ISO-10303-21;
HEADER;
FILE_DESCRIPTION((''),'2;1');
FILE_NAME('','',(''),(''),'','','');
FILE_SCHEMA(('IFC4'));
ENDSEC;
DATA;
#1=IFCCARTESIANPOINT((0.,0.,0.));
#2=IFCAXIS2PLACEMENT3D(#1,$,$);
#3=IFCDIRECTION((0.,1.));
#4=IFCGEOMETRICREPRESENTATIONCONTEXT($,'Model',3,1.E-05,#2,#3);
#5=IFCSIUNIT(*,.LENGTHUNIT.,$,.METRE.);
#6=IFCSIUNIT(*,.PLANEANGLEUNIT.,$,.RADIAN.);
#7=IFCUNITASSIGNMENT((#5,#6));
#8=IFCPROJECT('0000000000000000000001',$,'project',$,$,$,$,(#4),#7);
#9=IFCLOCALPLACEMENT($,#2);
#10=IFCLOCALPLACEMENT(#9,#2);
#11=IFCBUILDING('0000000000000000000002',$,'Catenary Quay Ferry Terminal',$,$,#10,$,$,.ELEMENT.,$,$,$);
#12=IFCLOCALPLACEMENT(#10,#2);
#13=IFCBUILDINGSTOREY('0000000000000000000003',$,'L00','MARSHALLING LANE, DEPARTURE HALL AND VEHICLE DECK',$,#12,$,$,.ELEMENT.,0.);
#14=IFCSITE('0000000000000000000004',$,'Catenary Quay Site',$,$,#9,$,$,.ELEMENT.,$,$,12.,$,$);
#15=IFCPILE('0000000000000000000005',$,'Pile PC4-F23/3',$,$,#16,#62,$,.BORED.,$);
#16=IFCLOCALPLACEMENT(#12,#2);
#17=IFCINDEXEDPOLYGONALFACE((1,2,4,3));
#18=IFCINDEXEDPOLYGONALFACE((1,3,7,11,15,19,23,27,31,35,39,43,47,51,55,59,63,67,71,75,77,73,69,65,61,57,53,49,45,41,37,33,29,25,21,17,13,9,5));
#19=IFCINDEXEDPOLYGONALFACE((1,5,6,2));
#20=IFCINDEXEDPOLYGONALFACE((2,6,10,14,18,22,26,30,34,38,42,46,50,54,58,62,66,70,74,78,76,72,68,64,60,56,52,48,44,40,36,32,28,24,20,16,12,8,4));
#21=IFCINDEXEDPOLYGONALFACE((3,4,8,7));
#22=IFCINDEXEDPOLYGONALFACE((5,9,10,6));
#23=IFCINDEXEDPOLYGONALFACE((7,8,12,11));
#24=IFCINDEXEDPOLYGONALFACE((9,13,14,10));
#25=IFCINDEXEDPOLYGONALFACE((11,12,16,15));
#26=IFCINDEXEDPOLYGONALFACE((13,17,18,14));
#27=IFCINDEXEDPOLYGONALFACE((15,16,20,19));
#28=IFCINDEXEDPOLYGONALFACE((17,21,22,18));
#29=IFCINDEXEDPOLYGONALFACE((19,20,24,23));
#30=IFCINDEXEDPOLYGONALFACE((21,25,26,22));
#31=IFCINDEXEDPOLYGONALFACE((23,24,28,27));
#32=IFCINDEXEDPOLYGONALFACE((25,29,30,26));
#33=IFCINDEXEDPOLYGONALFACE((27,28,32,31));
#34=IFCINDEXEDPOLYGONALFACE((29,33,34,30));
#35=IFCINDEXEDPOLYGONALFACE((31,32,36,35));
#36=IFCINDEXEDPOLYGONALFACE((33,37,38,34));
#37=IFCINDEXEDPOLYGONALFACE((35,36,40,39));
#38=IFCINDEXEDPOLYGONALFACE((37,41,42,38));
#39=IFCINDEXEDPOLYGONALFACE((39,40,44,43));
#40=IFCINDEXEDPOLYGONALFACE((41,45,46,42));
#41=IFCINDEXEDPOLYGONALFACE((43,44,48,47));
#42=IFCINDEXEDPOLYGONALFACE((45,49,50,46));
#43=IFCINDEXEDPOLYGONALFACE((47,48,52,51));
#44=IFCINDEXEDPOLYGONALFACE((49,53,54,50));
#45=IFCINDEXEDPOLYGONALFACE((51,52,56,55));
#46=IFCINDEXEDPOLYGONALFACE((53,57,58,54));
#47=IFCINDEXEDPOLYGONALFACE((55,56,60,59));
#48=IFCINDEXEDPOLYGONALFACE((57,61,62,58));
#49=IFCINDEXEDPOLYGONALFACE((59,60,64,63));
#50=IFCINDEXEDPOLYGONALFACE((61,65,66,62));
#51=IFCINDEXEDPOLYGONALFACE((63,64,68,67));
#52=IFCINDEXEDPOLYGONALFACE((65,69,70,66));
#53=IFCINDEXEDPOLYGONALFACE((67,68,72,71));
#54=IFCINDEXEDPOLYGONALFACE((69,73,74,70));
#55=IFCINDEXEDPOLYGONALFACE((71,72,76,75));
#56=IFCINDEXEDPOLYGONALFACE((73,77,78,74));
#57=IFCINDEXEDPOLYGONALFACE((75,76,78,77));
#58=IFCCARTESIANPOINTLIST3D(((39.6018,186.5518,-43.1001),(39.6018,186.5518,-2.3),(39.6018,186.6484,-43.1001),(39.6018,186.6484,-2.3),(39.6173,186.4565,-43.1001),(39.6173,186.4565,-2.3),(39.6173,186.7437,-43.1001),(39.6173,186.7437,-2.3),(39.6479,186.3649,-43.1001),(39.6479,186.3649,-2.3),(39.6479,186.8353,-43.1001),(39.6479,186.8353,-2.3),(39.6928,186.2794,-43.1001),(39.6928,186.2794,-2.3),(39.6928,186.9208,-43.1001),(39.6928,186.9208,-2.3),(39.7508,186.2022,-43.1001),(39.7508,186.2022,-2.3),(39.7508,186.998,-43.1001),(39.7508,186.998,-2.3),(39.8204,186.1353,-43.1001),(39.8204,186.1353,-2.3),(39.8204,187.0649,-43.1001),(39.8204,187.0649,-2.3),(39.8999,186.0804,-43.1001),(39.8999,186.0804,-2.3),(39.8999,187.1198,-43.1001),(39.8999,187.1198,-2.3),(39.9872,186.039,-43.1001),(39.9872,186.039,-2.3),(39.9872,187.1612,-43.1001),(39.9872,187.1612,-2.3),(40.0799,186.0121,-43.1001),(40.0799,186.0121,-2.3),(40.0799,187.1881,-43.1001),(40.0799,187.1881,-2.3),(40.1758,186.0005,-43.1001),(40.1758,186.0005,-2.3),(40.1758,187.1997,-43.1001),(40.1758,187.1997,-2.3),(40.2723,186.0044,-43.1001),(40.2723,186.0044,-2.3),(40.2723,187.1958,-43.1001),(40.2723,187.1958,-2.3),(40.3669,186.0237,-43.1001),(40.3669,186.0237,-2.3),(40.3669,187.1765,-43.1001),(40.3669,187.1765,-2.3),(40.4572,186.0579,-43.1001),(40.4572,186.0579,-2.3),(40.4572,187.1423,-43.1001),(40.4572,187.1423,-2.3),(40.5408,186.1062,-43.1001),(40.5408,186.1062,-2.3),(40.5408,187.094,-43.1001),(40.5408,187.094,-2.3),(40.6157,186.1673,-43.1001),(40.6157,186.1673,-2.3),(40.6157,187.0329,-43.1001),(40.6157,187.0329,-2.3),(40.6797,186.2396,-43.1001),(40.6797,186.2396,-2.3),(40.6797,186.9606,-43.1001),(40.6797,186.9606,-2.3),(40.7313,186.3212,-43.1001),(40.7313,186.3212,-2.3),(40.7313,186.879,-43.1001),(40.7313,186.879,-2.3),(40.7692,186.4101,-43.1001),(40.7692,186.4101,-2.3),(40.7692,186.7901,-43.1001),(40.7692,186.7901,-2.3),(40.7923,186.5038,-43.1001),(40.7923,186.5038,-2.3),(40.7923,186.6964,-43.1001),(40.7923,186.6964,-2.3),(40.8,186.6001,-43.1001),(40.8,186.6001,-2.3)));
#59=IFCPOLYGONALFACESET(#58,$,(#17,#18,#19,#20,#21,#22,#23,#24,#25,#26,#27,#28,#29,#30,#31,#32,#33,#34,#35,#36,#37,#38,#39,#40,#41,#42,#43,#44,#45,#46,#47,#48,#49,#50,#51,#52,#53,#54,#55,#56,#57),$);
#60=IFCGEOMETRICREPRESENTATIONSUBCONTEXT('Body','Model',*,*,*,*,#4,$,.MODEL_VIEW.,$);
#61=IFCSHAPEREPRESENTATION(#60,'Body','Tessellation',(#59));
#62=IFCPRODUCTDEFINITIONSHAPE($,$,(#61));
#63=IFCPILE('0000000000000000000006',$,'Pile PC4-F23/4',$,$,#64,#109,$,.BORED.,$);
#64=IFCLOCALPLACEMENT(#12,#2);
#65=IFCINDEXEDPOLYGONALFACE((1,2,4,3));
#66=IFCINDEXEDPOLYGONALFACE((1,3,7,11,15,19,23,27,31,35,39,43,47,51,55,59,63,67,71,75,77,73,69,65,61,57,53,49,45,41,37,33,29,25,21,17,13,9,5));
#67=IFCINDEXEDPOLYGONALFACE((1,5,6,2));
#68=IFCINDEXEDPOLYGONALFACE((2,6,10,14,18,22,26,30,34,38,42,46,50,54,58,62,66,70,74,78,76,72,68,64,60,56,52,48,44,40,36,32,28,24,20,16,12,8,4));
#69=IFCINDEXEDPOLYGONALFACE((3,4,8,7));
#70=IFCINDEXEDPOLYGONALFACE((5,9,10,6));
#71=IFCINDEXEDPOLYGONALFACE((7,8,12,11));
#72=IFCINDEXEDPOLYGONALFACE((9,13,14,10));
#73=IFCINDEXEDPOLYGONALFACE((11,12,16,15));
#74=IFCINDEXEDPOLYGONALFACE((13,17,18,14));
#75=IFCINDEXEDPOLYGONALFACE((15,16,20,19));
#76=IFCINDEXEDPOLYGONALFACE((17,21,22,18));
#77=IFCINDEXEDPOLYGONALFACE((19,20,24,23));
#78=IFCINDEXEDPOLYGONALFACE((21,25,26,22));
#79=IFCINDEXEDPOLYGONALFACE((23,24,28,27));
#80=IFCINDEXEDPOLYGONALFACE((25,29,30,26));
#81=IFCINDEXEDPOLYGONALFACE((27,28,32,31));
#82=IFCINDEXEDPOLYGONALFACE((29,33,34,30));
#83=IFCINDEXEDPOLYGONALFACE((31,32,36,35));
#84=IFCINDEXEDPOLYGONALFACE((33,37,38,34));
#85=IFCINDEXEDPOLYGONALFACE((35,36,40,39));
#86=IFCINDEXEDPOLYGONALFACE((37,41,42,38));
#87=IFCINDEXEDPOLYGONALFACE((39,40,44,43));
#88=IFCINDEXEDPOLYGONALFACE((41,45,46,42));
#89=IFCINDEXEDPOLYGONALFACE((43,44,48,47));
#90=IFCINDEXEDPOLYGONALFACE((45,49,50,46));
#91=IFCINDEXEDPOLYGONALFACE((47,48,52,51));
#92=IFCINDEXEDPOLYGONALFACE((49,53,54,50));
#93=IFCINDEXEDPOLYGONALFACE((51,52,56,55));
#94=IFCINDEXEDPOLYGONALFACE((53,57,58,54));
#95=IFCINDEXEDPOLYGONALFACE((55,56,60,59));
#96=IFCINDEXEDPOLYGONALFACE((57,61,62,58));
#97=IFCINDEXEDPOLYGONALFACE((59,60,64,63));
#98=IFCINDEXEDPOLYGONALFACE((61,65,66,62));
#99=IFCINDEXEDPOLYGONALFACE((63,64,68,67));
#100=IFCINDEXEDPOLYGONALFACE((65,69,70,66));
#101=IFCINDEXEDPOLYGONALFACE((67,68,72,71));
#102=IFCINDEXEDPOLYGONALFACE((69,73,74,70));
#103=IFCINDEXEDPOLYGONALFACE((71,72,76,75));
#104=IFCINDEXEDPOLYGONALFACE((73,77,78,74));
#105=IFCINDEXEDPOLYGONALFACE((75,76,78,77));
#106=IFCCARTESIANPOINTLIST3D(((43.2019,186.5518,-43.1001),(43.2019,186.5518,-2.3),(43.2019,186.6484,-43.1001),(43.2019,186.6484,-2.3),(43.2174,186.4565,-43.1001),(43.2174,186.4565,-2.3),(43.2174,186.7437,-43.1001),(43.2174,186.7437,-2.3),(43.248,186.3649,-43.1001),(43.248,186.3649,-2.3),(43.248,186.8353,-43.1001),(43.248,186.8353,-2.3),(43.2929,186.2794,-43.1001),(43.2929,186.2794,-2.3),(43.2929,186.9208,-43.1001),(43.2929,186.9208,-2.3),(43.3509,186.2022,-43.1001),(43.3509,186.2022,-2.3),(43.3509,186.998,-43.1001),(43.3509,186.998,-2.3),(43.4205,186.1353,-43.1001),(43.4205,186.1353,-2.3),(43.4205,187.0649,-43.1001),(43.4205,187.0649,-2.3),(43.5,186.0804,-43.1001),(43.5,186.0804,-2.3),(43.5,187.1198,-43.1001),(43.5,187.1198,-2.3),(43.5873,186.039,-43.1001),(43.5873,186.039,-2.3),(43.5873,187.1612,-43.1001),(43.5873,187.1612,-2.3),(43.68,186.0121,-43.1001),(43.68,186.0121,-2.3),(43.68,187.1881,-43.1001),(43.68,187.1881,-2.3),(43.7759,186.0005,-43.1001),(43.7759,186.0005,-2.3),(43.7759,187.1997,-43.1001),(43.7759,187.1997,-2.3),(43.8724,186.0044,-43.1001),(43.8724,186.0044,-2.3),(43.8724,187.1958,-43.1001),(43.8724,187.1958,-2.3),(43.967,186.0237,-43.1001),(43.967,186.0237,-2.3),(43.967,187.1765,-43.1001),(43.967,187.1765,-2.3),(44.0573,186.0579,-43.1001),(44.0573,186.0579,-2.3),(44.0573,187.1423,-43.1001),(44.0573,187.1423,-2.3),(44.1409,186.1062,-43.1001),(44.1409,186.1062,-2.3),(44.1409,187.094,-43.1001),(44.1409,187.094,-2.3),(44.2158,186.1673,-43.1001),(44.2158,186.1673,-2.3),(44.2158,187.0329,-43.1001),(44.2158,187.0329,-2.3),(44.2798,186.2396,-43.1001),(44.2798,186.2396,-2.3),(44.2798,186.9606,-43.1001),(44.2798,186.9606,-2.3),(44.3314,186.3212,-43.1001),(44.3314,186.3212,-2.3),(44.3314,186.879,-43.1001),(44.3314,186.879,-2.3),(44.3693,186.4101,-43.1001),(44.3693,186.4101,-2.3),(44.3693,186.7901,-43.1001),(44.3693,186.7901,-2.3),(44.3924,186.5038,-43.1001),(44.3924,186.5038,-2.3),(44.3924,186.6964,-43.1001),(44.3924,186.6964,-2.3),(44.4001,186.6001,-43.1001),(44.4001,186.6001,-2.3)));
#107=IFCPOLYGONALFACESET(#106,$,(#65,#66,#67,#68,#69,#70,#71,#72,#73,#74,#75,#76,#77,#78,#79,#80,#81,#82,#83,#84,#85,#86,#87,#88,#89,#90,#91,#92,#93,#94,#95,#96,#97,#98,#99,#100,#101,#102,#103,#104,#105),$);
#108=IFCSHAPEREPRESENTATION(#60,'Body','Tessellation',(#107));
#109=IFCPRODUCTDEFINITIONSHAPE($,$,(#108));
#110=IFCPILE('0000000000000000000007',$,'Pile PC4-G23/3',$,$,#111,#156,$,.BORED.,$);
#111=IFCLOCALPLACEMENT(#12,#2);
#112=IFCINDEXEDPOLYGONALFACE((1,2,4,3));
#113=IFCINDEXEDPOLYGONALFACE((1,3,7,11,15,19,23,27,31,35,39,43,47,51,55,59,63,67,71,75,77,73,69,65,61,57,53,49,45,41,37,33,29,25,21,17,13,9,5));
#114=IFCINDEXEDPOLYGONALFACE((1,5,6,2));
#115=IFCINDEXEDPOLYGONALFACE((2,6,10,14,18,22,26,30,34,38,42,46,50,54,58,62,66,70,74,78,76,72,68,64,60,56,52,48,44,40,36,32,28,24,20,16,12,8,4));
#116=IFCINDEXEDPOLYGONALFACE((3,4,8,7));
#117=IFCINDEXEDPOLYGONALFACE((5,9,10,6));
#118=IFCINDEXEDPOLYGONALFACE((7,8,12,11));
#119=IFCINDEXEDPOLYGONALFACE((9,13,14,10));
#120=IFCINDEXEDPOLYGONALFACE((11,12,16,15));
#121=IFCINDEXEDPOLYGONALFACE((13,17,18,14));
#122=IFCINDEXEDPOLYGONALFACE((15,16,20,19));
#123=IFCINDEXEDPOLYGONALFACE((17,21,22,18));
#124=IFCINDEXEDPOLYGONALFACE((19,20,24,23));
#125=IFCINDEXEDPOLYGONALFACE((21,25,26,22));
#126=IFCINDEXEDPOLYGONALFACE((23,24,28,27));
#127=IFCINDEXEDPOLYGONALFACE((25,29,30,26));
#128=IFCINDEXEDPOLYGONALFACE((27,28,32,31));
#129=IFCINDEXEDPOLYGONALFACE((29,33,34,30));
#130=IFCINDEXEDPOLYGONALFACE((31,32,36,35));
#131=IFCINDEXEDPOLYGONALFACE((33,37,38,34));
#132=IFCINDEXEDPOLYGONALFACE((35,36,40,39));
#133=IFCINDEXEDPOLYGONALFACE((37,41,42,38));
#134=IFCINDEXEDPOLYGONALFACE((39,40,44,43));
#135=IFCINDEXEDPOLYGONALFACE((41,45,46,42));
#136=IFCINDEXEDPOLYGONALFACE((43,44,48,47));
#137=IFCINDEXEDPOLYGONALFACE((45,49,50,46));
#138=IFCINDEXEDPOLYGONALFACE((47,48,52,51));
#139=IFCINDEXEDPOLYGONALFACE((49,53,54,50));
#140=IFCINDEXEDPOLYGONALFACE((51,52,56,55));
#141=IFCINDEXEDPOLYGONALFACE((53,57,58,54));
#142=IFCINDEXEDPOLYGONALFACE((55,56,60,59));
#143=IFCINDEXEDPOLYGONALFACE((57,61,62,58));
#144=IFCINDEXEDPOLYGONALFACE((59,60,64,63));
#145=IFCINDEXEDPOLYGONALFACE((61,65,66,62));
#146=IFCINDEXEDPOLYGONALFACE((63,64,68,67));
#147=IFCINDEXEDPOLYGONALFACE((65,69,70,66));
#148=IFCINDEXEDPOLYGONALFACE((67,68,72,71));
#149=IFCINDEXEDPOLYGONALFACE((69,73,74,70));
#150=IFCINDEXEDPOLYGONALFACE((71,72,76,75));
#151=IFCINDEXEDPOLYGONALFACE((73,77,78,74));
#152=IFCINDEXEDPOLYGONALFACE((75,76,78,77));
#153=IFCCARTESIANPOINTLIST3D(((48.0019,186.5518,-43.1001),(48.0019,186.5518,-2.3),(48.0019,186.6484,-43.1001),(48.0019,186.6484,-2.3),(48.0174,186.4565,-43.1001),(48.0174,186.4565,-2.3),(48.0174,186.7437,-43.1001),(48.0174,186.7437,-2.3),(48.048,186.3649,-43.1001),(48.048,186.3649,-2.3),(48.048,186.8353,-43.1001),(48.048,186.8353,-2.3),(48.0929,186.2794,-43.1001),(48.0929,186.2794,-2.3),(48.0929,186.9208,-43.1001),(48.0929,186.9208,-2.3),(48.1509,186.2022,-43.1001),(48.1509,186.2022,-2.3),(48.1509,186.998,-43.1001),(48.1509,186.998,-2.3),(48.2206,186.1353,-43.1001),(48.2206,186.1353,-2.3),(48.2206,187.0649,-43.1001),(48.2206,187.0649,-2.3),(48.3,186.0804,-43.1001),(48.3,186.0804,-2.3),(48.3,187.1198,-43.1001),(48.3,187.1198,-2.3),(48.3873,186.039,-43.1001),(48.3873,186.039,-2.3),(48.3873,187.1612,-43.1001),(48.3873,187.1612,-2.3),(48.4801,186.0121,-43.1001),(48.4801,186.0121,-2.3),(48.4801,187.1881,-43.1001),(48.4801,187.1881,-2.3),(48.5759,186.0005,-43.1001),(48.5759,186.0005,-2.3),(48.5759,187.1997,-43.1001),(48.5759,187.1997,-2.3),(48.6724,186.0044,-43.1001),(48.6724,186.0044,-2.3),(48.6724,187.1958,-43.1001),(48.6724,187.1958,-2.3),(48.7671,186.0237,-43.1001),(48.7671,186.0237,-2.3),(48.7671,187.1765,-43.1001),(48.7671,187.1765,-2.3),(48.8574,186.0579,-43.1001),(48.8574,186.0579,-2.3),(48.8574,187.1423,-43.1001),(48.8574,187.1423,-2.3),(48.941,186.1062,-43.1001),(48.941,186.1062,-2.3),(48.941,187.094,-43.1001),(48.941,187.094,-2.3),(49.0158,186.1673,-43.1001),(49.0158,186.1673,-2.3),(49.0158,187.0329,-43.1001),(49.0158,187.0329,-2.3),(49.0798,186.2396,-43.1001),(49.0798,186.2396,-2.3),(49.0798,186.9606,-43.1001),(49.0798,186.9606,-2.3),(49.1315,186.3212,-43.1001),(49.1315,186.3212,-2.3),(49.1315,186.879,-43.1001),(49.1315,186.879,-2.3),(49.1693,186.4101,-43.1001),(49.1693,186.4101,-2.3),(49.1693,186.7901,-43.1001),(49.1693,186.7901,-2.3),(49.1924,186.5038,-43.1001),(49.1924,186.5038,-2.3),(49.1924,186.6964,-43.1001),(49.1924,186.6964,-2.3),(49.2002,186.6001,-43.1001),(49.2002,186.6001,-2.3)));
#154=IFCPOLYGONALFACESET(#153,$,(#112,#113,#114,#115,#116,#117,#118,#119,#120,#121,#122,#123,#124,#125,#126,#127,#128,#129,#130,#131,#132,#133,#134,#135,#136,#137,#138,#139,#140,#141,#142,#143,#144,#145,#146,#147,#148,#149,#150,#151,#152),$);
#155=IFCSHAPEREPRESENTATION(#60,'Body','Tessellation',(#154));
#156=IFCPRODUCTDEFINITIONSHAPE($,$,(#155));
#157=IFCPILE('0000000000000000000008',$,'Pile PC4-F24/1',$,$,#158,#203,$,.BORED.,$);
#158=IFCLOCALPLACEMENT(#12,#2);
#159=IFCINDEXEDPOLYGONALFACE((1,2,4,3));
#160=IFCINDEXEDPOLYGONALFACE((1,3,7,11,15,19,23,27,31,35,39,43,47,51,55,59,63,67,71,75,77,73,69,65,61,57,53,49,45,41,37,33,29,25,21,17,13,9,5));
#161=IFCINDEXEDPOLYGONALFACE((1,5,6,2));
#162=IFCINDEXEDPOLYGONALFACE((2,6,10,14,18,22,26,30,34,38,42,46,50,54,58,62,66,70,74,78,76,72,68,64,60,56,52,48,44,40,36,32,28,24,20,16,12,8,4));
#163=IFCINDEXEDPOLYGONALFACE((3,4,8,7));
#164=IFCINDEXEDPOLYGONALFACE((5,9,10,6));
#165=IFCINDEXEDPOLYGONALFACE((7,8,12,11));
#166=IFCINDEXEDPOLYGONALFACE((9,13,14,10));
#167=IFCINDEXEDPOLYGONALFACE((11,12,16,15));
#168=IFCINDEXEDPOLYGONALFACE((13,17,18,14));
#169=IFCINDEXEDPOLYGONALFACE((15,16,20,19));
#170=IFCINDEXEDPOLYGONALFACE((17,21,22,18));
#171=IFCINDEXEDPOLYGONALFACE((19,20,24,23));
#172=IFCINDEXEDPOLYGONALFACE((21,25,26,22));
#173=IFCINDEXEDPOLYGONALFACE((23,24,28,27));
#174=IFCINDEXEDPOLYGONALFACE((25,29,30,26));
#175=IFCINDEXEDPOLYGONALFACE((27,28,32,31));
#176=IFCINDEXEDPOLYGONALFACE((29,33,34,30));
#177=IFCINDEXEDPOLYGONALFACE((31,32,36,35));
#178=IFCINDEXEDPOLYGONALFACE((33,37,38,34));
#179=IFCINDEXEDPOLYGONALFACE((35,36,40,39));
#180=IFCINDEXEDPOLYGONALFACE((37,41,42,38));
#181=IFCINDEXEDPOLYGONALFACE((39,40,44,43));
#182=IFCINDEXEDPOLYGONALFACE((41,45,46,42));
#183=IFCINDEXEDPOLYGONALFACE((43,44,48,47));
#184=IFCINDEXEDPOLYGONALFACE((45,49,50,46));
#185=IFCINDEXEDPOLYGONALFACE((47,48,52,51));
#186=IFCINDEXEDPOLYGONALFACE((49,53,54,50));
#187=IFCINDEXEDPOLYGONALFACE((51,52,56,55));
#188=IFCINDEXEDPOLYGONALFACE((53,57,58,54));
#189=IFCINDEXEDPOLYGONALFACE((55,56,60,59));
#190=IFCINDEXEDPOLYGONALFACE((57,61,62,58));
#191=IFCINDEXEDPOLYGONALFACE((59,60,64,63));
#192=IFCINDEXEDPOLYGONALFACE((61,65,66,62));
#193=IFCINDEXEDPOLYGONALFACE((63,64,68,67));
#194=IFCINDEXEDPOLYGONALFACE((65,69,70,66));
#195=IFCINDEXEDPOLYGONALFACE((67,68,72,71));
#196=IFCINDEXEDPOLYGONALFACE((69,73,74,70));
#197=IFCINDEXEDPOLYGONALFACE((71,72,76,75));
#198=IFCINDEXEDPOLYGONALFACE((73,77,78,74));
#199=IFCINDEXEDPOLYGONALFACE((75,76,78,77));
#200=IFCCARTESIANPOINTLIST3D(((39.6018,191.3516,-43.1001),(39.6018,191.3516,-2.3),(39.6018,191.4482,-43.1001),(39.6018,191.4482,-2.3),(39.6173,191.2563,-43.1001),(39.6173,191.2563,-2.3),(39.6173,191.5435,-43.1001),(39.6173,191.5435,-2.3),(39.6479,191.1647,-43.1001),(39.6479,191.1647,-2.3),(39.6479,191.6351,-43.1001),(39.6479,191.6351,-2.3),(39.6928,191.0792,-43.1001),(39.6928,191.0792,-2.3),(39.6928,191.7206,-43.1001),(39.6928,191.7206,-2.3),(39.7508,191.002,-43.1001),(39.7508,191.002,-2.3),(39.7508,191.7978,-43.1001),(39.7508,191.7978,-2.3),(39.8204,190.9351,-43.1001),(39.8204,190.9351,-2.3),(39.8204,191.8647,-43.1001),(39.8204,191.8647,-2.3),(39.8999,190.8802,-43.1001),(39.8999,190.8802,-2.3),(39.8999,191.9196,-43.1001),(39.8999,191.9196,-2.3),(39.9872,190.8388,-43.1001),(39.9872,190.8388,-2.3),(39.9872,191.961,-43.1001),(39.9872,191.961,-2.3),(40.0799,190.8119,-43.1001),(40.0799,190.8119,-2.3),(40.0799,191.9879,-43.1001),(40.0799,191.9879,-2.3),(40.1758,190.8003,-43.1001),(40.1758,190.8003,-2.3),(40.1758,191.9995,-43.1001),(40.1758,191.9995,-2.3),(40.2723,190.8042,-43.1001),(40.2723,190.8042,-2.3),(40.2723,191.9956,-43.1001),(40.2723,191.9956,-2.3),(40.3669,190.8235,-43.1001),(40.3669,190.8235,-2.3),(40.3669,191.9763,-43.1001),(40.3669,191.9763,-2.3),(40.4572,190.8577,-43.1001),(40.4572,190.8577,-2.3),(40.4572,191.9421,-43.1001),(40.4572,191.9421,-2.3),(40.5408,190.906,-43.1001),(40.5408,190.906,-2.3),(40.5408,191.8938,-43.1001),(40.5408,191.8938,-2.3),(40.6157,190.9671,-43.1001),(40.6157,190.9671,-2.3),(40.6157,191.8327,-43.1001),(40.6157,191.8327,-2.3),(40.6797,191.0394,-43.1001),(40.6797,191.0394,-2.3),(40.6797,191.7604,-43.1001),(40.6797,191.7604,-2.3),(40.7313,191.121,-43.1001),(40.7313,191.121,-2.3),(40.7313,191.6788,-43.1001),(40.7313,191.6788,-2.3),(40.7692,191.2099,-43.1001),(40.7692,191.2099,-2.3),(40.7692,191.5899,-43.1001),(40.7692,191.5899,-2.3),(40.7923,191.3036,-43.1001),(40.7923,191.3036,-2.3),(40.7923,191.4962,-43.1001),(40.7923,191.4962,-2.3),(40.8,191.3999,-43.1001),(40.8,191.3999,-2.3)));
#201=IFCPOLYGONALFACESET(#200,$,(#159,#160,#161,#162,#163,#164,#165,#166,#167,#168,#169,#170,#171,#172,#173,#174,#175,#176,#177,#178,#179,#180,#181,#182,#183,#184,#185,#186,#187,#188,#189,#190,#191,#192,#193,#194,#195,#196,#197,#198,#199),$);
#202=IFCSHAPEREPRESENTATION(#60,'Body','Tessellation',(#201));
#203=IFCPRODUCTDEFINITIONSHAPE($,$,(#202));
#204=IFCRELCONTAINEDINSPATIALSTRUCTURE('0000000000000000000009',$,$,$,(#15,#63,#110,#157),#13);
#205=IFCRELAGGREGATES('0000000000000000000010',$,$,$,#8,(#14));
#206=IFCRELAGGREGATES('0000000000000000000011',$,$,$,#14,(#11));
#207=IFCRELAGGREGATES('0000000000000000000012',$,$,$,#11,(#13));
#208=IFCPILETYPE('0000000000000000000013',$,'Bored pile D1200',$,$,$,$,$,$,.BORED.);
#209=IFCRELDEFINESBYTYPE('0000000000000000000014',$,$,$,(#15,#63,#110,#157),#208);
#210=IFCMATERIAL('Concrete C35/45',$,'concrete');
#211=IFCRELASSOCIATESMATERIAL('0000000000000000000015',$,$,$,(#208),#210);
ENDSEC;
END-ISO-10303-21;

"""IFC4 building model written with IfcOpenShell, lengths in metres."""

from ifc_helpers import new_model, si_unit, direction, frame, origin, origin_2d, place, context, subcontext, project, spatial, circle, extrude, material, material_profile, profile_set, type_object, element, save


model = new_model("IFC4")

# Units and contexts
model_context = context("Model", 3, precision=1e-05, world=origin(), true_north=direction((0.0, 1.0)))
body_context = subcontext(model_context, "Body", "Model", "MODEL_VIEW")
ifc_project = project(units=[si_unit("LENGTHUNIT", "METRE"), si_unit("PLANEANGLEUNIT", "RADIAN")], contexts=[model_context])

# Site, building, storey
site_placement = place(None, origin())
site = spatial("IfcSite", under=ifc_project, at=site_placement, Name="Catenary Quay Site", CompositionType="ELEMENT", RefElevation=12.0)
building_placement = place(site_placement, origin())
building = spatial("IfcBuilding", under=site, at=building_placement, Name="Catenary Quay Ferry Terminal", CompositionType="ELEMENT")
storey_placement = place(building_placement, origin())
storey = spatial("IfcBuildingStorey", under=building, at=storey_placement, Name="L00", Description="MARSHALLING LANE, DEPARTURE HALL AND VEHICLE DECK", CompositionType="ELEMENT", Elevation=0.0)

# Piles
ifc_material_1 = material(Name="Concrete C35/45", Category="concrete")
ifc_material_profile_1 = material_profile(ifc_material_1, circle(Radius=0.6001, at=origin_2d()), Name="D1200")
ifc_profile_set_1 = profile_set([ifc_material_profile_1], Name="Concrete C35/45")
pile_type = type_object("IfcPileType", Name="Bored pile D1200", PredefinedType="BORED", material=ifc_profile_set_1)
for number, where, z_axis, x_axis, name in (
    (1, (40.2, 186.6001, -2.3), (0.0, 0.0, -1.0), (1.0, 0.0, 0.0), "Pile PC4-F23/3"),
    (2, (43.8, 186.6001, -2.3), (0.0, 0.0, -1.0), (1.0, 0.0, 0.0), "Pile PC4-F23/4"),
    (3, (48.6001, 186.6001, -2.3), (0.0, 0.0, -1.0), (1.0, 0.0, 0.0), "Pile PC4-G23/3"),
    (4, (40.2, 191.3999, -2.3), (0.0, 0.0, -1.0), (1.0, 0.0, 0.0), "Pile PC4-F24/1"),
):
    element("IfcPile", number, at=place(storey_placement, frame(where, z_axis=z_axis, x_axis=x_axis)), inside=storey, type_object=pile_type, Name=name, PredefinedType="BORED", context=body_context, shape_type="SweptSolid", body=[
        extrude(circle(Radius=0.6001, at=origin_2d()), origin(), (0.0, 0.0, 1.0), 40.8),
    ])

save(model, "model.ifc")
